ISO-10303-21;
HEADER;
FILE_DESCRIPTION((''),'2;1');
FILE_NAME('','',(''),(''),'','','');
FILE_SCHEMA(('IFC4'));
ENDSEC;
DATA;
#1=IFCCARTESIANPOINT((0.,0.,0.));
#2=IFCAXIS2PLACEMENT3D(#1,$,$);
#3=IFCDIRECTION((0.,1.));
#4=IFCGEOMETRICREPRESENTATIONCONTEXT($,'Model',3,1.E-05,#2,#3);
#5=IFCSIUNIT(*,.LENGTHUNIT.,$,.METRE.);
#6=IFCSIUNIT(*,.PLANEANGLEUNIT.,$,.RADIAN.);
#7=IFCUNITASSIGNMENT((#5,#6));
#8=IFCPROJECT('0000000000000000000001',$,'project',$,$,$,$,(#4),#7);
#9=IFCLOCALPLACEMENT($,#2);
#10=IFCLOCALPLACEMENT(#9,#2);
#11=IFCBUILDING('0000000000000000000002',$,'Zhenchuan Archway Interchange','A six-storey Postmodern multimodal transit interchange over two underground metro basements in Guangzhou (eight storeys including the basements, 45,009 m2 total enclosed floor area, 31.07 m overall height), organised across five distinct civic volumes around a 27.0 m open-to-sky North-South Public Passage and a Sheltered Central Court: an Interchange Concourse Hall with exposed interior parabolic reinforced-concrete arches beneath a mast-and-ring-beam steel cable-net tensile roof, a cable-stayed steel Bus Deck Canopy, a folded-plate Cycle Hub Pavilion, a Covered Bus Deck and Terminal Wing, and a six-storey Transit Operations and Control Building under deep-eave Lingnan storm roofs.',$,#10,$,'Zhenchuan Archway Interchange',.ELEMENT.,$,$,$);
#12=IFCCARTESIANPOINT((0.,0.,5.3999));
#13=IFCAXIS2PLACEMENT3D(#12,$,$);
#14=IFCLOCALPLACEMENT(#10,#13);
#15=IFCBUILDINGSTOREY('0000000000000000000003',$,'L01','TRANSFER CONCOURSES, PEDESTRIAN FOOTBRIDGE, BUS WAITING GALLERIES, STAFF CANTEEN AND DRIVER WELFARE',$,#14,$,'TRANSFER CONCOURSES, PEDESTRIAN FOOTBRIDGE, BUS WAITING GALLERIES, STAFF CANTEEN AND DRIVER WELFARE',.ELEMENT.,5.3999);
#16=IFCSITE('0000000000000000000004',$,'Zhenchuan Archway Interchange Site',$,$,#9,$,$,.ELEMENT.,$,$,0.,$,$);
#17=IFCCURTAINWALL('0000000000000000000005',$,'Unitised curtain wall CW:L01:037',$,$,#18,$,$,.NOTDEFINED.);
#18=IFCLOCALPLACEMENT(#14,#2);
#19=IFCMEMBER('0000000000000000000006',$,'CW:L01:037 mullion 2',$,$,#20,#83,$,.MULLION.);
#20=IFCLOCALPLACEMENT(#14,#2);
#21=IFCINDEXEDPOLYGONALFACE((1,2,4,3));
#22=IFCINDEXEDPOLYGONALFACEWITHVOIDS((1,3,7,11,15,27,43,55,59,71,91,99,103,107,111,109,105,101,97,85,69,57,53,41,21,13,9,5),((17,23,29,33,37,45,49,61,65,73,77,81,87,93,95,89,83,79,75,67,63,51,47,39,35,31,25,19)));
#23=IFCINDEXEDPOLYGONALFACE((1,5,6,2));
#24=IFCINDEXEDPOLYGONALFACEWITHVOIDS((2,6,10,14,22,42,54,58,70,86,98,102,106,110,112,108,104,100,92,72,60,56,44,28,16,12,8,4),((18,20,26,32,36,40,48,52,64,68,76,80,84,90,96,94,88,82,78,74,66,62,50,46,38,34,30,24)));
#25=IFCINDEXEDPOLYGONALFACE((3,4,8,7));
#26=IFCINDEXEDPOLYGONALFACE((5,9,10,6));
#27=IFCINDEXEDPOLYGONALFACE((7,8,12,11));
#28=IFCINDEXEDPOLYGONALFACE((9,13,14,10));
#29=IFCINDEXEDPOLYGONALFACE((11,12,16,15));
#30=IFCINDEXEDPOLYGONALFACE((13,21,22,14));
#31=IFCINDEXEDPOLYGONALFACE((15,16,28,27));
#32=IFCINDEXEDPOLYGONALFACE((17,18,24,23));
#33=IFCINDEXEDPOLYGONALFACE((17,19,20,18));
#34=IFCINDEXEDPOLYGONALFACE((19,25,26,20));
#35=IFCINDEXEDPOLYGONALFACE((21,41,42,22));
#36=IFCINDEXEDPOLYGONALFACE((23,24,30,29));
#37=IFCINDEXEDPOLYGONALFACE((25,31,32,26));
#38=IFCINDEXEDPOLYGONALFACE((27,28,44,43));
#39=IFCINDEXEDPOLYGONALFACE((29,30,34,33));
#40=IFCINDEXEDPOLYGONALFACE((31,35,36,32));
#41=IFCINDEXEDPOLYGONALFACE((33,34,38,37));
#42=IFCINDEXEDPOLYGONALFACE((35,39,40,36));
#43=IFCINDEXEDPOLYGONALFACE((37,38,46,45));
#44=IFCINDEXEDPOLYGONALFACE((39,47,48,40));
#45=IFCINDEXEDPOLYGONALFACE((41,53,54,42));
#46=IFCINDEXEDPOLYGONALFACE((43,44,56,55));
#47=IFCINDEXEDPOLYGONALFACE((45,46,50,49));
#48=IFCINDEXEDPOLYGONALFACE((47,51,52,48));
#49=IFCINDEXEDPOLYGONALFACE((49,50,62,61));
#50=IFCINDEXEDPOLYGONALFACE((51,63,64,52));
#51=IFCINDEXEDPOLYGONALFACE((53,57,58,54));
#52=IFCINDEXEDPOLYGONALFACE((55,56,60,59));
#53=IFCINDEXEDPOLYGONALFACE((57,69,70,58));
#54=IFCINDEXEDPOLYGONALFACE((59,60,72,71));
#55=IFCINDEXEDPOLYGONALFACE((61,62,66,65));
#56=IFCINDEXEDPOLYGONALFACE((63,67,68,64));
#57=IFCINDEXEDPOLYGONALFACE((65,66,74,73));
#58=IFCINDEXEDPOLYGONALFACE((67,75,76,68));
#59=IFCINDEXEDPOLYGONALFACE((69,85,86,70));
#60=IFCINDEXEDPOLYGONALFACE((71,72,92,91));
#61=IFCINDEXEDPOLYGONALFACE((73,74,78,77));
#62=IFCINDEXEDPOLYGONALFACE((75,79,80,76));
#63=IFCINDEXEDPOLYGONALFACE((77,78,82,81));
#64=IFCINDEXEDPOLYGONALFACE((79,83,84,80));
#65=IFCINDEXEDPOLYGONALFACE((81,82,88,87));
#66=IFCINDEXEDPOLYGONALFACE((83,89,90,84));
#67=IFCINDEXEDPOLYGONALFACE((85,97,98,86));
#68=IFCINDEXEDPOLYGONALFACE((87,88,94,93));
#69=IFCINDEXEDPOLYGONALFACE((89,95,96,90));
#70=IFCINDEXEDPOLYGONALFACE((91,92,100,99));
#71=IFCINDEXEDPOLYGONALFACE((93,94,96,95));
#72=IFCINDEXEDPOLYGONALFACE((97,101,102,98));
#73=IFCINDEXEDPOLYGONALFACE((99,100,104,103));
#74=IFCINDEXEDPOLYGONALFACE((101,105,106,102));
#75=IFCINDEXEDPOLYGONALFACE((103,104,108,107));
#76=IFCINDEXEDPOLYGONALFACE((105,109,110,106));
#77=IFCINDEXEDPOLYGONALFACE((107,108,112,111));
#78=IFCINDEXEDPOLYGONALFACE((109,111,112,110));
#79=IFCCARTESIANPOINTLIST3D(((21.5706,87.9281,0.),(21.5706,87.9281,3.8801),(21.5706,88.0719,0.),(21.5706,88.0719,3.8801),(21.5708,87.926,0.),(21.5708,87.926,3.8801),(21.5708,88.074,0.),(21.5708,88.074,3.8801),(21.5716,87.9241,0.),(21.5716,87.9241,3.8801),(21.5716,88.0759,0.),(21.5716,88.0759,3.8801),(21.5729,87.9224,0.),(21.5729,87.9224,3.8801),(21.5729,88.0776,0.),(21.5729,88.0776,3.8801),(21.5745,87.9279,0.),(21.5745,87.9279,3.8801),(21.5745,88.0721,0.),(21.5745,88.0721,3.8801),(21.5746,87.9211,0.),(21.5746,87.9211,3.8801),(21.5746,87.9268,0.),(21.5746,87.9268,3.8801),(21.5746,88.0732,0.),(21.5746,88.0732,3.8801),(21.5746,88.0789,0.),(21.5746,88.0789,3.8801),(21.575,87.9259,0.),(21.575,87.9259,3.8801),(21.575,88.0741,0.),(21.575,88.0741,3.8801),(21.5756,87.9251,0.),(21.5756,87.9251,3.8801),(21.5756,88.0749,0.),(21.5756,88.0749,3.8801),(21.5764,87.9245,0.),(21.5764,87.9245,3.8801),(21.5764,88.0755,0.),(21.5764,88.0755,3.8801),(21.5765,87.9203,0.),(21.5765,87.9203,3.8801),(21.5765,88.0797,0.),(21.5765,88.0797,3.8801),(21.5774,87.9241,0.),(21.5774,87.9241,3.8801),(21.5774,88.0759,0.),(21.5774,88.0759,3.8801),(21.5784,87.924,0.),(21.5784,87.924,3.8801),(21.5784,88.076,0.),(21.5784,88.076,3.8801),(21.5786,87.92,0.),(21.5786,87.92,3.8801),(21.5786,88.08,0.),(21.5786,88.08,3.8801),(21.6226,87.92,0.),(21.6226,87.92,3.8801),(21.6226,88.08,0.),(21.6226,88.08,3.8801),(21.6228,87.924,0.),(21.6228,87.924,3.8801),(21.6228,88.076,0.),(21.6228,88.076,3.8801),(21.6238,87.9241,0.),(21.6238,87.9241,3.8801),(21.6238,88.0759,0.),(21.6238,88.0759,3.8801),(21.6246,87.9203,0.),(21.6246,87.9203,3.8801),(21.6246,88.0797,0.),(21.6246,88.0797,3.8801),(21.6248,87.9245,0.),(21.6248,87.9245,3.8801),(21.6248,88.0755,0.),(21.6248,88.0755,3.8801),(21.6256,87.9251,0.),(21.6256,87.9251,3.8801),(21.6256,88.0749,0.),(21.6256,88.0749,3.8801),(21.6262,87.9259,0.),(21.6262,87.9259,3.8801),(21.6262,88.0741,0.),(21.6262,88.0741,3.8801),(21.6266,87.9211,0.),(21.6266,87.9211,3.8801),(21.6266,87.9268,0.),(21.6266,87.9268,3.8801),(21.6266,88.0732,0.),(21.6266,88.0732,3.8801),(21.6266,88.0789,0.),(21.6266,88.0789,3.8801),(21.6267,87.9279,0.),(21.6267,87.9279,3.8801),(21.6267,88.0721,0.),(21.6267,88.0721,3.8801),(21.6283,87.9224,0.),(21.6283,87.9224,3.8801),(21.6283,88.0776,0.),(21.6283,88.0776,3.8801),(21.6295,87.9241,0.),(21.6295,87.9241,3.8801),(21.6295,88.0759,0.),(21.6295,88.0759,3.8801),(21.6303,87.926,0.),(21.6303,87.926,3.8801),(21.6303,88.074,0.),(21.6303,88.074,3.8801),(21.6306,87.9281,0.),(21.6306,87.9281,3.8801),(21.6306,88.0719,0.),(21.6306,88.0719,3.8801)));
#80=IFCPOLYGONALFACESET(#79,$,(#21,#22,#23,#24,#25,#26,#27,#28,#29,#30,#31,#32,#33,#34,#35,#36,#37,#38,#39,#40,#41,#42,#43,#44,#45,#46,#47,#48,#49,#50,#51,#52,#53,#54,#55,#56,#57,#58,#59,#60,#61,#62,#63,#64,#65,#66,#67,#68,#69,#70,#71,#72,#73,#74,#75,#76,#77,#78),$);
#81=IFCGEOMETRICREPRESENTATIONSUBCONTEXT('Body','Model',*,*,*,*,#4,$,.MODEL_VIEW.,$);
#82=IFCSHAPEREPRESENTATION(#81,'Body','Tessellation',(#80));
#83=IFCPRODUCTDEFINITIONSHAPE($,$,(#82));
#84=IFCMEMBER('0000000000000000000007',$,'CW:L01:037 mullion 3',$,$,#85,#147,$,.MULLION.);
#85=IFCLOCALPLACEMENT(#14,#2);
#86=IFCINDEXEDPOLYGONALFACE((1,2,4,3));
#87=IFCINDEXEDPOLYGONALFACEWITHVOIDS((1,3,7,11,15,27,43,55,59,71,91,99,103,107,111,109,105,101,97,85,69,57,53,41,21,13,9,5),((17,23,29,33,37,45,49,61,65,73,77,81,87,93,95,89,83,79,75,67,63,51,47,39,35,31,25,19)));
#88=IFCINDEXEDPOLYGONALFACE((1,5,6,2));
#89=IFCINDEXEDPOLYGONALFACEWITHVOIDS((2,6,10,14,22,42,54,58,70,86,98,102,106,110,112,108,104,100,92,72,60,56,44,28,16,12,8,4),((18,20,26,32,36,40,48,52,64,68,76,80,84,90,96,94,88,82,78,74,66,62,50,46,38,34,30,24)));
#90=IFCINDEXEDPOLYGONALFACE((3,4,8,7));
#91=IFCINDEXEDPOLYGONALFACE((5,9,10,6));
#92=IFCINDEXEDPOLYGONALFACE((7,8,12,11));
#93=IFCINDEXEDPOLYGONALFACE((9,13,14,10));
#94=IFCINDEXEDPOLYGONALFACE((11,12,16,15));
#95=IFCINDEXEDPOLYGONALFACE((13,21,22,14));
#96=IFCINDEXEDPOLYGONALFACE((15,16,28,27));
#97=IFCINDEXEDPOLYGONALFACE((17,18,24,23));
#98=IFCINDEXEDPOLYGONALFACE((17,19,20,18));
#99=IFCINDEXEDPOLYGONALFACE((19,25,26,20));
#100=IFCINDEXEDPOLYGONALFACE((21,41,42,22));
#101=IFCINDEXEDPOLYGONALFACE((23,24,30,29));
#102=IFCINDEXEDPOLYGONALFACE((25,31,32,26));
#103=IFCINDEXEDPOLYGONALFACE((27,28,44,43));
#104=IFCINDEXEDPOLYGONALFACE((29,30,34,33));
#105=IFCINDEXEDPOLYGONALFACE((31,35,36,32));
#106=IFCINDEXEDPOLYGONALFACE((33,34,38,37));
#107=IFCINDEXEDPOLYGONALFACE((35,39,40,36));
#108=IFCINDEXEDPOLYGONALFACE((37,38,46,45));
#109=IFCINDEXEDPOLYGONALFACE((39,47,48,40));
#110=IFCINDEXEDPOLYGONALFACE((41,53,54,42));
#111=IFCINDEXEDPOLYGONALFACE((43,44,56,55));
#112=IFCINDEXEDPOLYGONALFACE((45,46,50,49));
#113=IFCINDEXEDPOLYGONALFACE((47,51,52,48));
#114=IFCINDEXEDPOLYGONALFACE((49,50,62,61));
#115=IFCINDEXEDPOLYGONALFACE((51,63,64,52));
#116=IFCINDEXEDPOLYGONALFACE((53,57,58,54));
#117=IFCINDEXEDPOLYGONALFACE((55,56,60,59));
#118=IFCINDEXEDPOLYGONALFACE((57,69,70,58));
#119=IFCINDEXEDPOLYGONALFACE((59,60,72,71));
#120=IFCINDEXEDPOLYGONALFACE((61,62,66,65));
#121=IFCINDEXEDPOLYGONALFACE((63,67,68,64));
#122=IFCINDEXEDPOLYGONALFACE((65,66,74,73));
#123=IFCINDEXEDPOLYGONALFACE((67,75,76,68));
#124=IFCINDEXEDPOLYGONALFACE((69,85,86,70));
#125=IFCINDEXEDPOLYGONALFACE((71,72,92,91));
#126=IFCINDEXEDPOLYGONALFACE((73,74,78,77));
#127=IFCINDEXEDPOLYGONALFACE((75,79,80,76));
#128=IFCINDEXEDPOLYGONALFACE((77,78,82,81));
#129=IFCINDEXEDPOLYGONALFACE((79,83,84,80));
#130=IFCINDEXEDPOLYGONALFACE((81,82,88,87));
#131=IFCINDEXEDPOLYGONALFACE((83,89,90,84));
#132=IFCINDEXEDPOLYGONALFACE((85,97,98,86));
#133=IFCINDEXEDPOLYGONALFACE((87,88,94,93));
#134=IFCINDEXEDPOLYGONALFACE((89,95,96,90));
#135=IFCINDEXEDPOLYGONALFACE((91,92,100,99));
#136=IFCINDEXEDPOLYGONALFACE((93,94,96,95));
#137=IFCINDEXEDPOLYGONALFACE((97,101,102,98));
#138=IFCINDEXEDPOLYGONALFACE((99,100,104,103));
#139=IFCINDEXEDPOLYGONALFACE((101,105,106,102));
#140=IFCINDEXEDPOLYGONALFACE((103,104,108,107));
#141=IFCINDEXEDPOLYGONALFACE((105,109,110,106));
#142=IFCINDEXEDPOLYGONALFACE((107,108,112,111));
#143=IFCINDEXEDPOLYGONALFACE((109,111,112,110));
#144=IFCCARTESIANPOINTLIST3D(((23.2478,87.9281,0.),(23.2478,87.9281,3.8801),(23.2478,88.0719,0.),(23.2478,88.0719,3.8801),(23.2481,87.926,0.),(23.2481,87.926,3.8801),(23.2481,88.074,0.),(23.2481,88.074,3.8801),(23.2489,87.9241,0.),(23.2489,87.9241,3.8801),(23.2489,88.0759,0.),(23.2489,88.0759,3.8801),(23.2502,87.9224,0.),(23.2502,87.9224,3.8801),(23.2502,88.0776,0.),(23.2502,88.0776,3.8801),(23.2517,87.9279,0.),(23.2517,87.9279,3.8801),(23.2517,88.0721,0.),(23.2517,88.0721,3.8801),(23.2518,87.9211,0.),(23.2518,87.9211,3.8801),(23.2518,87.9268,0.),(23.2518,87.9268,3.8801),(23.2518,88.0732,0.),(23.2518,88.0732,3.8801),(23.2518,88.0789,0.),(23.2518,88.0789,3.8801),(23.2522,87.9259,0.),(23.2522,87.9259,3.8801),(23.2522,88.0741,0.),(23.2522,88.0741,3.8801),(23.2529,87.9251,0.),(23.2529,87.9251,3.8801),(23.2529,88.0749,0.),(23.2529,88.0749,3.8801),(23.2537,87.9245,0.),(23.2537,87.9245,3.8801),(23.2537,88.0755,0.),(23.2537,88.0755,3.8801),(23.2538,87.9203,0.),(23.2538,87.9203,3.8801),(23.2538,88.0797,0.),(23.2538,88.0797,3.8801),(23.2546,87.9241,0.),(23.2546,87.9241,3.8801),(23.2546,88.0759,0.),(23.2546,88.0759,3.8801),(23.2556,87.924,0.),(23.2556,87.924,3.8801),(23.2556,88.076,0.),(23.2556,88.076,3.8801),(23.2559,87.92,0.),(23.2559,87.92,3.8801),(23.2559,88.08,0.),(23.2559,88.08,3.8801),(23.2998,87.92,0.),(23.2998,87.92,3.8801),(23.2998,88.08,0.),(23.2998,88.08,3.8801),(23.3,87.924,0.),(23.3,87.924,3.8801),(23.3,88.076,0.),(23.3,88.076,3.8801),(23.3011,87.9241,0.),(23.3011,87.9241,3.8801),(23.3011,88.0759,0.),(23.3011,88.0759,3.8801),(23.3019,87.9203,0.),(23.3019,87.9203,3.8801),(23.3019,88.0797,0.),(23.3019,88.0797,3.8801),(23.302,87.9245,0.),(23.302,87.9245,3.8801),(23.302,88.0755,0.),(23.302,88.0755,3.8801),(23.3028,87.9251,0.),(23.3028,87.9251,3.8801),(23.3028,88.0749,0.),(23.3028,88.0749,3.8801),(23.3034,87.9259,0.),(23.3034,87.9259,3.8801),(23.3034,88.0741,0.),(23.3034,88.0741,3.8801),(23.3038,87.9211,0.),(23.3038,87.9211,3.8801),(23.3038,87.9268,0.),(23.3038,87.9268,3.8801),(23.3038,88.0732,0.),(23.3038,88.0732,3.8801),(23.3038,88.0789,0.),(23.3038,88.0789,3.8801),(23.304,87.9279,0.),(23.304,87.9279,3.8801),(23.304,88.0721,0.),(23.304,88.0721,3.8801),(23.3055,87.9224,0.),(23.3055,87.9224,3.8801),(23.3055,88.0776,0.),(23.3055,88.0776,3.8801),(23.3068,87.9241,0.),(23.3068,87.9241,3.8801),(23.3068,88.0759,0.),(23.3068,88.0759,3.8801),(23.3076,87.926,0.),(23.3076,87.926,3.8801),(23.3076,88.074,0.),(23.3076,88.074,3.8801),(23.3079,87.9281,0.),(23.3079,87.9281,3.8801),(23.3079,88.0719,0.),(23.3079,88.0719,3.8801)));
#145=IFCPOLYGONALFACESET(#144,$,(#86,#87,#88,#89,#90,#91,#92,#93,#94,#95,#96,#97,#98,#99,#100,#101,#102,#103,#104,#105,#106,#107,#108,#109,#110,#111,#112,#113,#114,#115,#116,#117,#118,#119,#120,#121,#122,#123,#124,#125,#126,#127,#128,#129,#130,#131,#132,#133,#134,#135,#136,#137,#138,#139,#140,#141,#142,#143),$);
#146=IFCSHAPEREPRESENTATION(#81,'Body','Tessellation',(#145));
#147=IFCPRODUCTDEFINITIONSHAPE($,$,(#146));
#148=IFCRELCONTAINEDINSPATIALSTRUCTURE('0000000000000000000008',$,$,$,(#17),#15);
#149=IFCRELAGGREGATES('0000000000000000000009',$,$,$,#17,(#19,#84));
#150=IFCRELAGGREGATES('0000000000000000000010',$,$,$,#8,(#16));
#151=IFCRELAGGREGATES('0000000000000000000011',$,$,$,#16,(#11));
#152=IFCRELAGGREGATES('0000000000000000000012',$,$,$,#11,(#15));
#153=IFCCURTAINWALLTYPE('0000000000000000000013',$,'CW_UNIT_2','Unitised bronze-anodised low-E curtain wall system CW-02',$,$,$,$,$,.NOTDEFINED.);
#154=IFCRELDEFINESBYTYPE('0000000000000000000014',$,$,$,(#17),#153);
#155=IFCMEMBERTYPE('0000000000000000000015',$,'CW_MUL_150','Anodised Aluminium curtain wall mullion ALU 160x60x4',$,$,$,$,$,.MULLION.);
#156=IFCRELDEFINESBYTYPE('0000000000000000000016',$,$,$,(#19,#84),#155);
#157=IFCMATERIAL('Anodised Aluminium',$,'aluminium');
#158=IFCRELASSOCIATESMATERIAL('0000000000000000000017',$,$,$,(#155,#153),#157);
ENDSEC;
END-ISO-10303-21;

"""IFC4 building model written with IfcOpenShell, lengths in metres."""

from ifc_helpers import new_model, si_unit, direction, frame, origin, origin_2d, place, context, subcontext, project, spatial, hollow_rectangle, extrude, material, material_profile, profile_set, type_object, element, aggregate, save


model = new_model("IFC4")

# Units and contexts
model_context = context("Model", 3, precision=1e-05, world=origin(), true_north=direction((0.0, 1.0)))
body_context = subcontext(model_context, "Body", "Model", "MODEL_VIEW")
ifc_project = project(units=[si_unit("LENGTHUNIT", "METRE"), si_unit("PLANEANGLEUNIT", "RADIAN")], contexts=[model_context])

# Site, building, storey
site_placement = place(None, origin())
site = spatial("IfcSite", under=ifc_project, at=site_placement, Name="Zhenchuan Archway Interchange Site", CompositionType="ELEMENT", RefElevation=0.0)
building_placement = place(site_placement, origin())
building = spatial("IfcBuilding", under=site, at=building_placement, Name="Zhenchuan Archway Interchange", Description="A six-storey Postmodern multimodal transit interchange over two underground metro basements in Guangzhou (eight storeys including the basements, 45,009 m2 total enclosed floor area, 31.07 m overall height), organised across five distinct civic volumes around a 27.0 m open-to-sky North-South Public Passage and a Sheltered Central Court: an Interchange Concourse Hall with exposed interior parabolic reinforced-concrete arches beneath a mast-and-ring-beam steel cable-net tensile roof, a cable-stayed steel Bus Deck Canopy, a folded-plate Cycle Hub Pavilion, a Covered Bus Deck and Terminal Wing, and a six-storey Transit Operations and Control Building under deep-eave Lingnan storm roofs.", LongName="Zhenchuan Archway Interchange", CompositionType="ELEMENT")
storey_placement = place(building_placement, frame((0.0, 0.0, 5.3999)))
storey = spatial("IfcBuildingStorey", under=building, at=storey_placement, Name="L01", Description="TRANSFER CONCOURSES, PEDESTRIAN FOOTBRIDGE, BUS WAITING GALLERIES, STAFF CANTEEN AND DRIVER WELFARE", LongName="TRANSFER CONCOURSES, PEDESTRIAN FOOTBRIDGE, BUS WAITING GALLERIES, STAFF CANTEEN AND DRIVER WELFARE", CompositionType="ELEMENT", Elevation=5.3999)

# Shared definitions
ifc_material_1 = material(Name="Anodised Aluminium", Category="aluminium")
ifc_material_profile_1 = material_profile(ifc_material_1, hollow_rectangle(XDim=0.0601, YDim=0.1599, WallThickness=0.0039, InnerFilletRadius=0.0039, OuterFilletRadius=0.0081, at=origin_2d()), Name="ALU 160x60x4")
ifc_profile_set_1 = profile_set([ifc_material_profile_1], Name="Anodised Aluminium")
member_type_1 = type_object("IfcMemberType", Name="CW_MUL_150", Description="Anodised Aluminium curtain wall mullion ALU 160x60x4", PredefinedType="MULLION", material=ifc_profile_set_1)

# Curtain wall, members
curtain_wall_type_1 = type_object("IfcCurtainWallType", Name="CW_UNIT_2", Description="Unitised bronze-anodised low-E curtain wall system CW-02", PredefinedType="NOTDEFINED", material=ifc_material_1)
curtain_wall_1_placement = place(storey_placement, origin())
curtain_wall_1 = element("IfcCurtainWall", 1, at=curtain_wall_1_placement, inside=storey, type_object=curtain_wall_type_1, Name="Unitised curtain wall CW:L01:037", PredefinedType="NOTDEFINED")
member_1_placement = place(storey_placement, frame((21.6006, 88.0, 0.0), z_axis=(0.0, 0.0, 1.0), x_axis=(1.0, 0.0, 0.0)))
member_1 = element("IfcMember", 2, at=member_1_placement, type_object=member_type_1, Name="CW:L01:037 mullion 2", PredefinedType="MULLION", context=body_context, shape_type="SweptSolid", body=[
    extrude(hollow_rectangle(XDim=0.0601, YDim=0.1599, WallThickness=0.0039, InnerFilletRadius=0.0039, OuterFilletRadius=0.0081, at=origin_2d()), origin(), (0.0, 0.0, 1.0), 3.8801),
])
member_2_placement = place(storey_placement, frame((23.2778, 88.0, 0.0), z_axis=(0.0, 0.0, 1.0), x_axis=(1.0, 0.0, 0.0)))
member_2 = element("IfcMember", 3, at=member_2_placement, type_object=member_type_1, Name="CW:L01:037 mullion 3", PredefinedType="MULLION", context=body_context, shape_type="SweptSolid", body=[
    extrude(hollow_rectangle(XDim=0.0601, YDim=0.1599, WallThickness=0.0039, InnerFilletRadius=0.0039, OuterFilletRadius=0.0081, at=origin_2d()), origin(), (0.0, 0.0, 1.0), 3.8801),
])

aggregate(curtain_wall_1, [member_1, member_2])

save(model, "model.ifc")
